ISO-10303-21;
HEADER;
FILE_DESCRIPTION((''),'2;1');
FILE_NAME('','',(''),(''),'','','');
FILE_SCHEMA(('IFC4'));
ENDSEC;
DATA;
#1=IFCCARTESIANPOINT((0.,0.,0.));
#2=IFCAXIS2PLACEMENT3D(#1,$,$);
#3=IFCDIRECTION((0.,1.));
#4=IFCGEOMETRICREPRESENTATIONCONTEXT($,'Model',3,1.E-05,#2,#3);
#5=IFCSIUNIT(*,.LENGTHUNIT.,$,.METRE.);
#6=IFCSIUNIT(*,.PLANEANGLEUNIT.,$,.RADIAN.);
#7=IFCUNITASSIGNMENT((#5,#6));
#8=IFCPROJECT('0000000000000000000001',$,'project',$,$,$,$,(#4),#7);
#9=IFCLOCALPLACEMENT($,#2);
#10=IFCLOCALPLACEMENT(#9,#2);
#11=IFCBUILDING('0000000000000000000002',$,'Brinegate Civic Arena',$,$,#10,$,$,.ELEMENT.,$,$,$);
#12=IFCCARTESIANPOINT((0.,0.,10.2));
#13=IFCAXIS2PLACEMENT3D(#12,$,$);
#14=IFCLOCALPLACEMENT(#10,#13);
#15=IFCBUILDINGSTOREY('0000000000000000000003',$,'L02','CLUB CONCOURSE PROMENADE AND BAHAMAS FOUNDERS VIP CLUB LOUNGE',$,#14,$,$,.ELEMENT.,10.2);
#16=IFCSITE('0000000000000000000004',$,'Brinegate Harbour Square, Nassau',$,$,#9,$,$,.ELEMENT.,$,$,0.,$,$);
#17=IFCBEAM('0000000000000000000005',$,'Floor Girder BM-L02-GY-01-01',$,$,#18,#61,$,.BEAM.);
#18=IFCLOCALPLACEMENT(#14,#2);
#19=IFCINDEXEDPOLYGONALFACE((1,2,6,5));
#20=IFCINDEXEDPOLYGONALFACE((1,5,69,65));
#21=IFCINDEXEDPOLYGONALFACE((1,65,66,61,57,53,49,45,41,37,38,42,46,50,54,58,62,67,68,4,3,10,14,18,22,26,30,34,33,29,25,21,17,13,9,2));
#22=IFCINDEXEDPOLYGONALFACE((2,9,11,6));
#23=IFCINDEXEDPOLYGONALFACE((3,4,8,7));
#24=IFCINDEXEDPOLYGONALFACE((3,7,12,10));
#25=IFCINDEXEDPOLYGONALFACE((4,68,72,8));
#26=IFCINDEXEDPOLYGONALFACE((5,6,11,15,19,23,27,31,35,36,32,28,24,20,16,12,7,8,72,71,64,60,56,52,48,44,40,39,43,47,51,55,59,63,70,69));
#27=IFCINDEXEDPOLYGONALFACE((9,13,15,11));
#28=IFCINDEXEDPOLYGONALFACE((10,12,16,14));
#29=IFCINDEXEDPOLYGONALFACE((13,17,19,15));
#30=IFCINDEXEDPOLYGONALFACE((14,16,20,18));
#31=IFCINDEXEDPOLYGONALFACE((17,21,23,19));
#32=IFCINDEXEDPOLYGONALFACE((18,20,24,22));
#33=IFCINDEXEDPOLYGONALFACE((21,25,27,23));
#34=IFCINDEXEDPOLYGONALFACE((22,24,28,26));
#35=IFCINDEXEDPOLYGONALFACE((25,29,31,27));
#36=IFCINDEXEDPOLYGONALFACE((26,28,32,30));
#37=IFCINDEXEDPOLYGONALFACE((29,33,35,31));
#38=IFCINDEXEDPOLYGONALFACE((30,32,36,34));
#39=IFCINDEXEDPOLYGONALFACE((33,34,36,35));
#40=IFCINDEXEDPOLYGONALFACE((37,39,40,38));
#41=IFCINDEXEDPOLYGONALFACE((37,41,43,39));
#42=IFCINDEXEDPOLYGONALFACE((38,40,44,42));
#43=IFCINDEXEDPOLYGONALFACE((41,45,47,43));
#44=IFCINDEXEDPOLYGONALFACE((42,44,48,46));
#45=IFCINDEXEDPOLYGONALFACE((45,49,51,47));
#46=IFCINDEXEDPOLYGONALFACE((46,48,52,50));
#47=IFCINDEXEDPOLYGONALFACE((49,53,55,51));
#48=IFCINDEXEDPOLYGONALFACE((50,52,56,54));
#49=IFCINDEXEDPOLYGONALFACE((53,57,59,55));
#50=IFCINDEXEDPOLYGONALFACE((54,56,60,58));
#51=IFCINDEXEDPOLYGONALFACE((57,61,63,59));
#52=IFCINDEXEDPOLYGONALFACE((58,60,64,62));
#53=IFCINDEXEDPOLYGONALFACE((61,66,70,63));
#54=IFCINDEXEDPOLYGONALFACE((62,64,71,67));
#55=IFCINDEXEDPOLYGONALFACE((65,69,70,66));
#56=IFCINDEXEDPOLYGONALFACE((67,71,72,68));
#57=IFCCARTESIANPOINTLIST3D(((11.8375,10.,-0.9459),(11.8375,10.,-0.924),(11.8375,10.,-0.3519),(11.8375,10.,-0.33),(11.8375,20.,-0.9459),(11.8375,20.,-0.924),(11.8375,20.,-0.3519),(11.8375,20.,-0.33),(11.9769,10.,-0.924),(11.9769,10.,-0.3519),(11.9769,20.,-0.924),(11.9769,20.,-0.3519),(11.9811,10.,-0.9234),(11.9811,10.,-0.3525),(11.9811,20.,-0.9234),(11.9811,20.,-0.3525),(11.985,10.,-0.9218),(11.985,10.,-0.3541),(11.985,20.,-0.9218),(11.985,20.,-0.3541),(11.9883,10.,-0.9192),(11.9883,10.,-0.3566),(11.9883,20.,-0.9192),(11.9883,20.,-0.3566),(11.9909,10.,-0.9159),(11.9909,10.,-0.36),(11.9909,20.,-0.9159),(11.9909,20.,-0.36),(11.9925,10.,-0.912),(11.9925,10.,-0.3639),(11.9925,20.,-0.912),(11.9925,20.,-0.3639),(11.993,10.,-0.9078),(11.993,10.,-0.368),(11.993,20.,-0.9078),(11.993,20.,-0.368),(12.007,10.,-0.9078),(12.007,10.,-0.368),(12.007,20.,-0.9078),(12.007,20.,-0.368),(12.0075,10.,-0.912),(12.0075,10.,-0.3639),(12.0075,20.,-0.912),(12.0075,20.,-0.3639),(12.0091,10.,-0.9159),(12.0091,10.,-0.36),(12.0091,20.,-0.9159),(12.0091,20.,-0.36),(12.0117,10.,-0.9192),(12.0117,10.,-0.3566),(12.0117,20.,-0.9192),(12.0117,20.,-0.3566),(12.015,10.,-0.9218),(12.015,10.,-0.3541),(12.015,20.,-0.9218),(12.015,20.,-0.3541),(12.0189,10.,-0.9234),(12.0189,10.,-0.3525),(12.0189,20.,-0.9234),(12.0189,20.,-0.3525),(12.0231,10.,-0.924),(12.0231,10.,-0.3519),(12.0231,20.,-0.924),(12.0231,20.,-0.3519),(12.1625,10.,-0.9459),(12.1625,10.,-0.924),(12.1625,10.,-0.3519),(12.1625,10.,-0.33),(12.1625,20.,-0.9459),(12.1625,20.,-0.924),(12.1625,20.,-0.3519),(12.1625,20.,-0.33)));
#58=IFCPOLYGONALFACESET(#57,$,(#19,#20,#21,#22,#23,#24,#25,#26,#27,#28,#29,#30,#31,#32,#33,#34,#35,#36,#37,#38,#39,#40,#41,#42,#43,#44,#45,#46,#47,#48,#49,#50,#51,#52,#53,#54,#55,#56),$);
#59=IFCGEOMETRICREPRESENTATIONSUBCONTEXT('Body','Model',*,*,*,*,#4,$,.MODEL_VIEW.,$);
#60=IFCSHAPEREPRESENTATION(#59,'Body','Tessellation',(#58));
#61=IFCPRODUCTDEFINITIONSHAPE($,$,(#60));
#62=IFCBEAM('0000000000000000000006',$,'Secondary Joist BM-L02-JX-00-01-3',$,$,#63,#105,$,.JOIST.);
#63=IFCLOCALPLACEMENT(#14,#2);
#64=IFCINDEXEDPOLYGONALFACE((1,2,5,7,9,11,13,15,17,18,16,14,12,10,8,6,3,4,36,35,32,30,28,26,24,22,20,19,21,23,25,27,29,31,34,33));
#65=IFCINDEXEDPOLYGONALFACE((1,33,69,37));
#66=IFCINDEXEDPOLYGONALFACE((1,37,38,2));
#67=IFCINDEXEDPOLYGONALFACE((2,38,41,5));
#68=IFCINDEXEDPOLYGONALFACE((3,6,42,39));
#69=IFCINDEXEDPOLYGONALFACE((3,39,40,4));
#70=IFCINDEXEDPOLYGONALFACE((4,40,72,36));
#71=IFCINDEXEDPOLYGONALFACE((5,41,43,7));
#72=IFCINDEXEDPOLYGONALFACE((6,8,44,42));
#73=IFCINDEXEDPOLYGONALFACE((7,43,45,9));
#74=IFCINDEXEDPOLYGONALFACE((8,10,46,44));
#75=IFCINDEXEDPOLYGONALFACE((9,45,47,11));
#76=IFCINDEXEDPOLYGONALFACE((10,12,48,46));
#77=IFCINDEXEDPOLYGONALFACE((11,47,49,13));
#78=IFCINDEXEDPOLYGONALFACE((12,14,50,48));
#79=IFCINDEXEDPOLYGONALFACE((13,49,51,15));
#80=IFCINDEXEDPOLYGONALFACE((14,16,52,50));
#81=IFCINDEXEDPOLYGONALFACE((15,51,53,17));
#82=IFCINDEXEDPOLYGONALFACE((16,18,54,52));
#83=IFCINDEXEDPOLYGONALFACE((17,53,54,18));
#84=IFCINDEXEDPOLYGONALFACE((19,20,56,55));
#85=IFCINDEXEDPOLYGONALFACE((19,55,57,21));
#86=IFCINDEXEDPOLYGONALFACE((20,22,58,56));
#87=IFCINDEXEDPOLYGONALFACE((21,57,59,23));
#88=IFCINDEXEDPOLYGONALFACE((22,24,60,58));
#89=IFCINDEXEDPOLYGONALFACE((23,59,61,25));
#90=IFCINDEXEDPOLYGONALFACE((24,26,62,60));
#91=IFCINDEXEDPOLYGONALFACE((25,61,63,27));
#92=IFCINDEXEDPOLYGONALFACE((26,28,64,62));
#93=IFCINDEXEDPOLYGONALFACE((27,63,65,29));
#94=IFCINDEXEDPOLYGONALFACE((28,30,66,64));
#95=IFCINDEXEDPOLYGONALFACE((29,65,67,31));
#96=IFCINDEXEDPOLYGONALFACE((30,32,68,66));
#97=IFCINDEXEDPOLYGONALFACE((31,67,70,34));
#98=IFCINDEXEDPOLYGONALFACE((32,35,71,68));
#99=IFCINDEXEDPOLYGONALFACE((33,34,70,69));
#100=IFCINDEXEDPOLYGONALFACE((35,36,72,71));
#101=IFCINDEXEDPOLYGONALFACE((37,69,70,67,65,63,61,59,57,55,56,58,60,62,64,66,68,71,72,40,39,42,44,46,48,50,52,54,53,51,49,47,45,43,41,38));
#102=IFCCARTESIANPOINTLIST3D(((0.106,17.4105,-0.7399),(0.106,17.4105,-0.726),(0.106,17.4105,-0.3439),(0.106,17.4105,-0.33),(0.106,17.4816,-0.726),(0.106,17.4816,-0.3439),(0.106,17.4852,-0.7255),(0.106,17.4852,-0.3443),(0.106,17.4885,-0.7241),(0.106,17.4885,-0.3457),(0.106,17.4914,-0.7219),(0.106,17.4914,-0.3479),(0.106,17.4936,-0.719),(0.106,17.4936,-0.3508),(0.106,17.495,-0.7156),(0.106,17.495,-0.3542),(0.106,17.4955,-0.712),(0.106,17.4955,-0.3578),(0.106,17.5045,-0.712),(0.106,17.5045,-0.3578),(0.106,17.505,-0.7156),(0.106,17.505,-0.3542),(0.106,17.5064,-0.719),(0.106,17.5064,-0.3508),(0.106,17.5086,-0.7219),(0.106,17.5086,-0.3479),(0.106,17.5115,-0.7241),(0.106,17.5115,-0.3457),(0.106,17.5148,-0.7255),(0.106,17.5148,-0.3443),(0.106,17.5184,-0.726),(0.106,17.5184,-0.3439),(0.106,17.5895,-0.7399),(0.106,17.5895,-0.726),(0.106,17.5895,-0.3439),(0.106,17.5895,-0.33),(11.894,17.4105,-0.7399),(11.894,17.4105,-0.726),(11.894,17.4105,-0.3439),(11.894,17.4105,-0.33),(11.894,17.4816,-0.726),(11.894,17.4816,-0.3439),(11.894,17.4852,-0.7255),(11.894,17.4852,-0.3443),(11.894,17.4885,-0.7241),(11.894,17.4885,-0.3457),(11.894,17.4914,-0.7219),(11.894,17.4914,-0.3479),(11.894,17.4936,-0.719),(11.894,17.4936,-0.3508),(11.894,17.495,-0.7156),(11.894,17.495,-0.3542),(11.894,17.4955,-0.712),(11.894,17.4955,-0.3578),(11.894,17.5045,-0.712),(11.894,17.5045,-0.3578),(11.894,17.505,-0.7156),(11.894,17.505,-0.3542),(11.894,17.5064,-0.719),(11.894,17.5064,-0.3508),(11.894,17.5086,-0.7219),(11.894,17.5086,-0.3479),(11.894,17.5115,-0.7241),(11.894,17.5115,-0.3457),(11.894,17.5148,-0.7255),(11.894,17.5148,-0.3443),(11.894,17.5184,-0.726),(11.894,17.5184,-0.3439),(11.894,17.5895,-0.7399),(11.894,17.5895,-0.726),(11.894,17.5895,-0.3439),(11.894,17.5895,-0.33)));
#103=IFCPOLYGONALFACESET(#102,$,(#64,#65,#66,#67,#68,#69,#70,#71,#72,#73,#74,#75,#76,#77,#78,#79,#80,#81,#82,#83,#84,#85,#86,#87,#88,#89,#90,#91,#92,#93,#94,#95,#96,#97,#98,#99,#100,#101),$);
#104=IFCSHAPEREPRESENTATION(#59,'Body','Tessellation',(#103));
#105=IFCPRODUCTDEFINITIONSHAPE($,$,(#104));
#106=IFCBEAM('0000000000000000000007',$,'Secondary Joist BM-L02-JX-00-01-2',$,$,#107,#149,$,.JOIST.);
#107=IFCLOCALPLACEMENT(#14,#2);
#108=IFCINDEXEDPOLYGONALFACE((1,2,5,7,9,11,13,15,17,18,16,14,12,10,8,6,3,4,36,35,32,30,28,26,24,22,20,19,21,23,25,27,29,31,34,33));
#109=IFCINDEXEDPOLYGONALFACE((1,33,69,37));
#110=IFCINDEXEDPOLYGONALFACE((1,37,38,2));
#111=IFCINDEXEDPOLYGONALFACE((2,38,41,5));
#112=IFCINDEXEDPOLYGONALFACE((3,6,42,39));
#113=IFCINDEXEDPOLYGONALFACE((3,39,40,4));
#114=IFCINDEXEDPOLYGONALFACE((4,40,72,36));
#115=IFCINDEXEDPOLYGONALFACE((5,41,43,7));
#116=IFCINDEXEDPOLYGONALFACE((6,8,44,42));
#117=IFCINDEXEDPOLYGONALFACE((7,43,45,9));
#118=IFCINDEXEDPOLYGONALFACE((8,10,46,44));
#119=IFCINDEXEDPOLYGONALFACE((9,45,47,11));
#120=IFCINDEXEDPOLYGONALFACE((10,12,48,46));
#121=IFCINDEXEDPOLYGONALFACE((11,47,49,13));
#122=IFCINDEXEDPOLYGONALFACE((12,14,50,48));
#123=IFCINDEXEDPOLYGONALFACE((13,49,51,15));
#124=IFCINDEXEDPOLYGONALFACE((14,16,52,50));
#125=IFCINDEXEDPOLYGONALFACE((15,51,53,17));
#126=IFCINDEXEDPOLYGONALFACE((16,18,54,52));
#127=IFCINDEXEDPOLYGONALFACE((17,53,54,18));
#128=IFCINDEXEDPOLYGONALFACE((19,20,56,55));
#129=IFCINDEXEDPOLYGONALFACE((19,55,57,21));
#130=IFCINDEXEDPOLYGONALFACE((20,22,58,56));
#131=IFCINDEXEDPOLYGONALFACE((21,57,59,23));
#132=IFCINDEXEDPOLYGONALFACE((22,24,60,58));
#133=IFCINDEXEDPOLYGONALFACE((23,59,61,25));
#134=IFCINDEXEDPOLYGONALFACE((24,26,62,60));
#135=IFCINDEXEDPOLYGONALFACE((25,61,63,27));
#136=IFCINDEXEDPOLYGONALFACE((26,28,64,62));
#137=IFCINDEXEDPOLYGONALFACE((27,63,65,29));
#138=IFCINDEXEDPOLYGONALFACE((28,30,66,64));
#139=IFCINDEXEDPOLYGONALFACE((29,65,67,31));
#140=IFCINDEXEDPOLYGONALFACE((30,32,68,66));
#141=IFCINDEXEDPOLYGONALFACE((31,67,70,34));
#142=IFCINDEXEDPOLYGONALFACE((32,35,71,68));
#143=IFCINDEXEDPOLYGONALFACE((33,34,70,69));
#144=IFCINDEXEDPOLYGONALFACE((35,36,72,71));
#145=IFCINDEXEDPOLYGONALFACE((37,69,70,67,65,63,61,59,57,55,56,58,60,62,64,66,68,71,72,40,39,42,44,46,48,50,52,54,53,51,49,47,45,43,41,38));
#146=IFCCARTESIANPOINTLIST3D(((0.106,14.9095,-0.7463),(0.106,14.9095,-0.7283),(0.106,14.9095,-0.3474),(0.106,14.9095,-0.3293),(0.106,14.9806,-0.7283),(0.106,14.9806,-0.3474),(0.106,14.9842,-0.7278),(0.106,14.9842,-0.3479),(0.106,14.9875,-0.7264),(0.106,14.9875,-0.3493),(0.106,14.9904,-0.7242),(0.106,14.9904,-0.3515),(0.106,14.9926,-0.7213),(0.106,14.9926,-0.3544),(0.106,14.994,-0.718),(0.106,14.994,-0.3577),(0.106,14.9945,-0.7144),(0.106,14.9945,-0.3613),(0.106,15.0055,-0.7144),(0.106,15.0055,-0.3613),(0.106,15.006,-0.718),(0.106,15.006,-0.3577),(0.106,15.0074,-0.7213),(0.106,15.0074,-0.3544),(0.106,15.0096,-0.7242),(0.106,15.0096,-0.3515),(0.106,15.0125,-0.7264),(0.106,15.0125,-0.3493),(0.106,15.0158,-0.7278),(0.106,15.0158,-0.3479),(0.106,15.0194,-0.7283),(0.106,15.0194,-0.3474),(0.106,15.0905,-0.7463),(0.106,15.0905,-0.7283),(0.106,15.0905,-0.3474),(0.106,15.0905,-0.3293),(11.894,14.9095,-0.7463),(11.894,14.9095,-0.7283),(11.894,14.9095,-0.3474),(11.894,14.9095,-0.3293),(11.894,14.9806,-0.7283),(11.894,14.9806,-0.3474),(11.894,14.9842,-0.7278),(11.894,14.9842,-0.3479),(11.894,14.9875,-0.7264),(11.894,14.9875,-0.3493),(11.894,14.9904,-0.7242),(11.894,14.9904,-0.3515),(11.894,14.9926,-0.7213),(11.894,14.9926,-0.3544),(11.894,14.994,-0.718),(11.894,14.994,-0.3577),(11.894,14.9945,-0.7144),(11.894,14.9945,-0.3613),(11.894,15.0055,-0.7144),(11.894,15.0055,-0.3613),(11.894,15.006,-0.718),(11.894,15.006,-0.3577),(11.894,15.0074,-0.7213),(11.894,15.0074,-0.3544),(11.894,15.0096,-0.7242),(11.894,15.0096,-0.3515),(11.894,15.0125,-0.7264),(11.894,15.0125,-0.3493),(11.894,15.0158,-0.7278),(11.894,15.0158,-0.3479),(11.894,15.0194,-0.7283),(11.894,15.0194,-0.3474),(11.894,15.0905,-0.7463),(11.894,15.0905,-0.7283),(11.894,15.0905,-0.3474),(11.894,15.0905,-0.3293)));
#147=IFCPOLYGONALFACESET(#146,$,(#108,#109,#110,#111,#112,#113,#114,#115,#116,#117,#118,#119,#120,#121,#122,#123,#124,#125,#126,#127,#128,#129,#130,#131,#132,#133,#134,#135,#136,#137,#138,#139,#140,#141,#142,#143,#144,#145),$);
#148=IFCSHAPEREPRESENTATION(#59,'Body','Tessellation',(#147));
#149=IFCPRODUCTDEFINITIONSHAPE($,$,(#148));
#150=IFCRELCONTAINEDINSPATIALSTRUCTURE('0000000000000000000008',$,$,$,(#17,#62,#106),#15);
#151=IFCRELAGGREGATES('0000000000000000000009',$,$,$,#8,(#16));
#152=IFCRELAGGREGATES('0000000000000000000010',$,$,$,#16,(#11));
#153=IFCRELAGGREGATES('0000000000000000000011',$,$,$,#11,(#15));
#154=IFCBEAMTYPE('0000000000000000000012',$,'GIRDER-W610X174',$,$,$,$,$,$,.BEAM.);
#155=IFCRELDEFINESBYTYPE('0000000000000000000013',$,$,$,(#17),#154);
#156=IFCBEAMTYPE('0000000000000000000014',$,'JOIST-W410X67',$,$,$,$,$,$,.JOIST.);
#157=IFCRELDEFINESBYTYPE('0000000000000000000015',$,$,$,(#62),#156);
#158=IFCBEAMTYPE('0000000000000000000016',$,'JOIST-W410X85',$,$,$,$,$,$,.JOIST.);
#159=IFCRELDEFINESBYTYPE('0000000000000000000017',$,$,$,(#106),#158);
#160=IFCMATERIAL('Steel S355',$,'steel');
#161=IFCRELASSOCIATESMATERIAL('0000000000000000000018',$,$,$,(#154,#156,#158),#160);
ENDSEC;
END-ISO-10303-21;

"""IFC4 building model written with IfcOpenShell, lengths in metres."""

from ifc_helpers import new_model, si_unit, direction, frame, origin, origin_2d, place, context, subcontext, project, spatial, i_section, extrude, material, material_profile, profile_set, type_object, element, save


model = new_model("IFC4")

# Units and contexts
model_context = context("Model", 3, precision=1e-05, world=origin(), true_north=direction((0.0, 1.0)))
body_context = subcontext(model_context, "Body", "Model", "MODEL_VIEW")
ifc_project = project(units=[si_unit("LENGTHUNIT", "METRE"), si_unit("PLANEANGLEUNIT", "RADIAN")], contexts=[model_context])

# Site, building, storey
site_placement = place(None, origin())
site = spatial("IfcSite", under=ifc_project, at=site_placement, Name="Brinegate Harbour Square, Nassau", CompositionType="ELEMENT", RefElevation=0.0)
building_placement = place(site_placement, origin())
building = spatial("IfcBuilding", under=site, at=building_placement, Name="Brinegate Civic Arena", CompositionType="ELEMENT")
storey_placement = place(building_placement, frame((0.0, 0.0, 10.2)))
storey = spatial("IfcBuildingStorey", under=building, at=storey_placement, Name="L02", Description="CLUB CONCOURSE PROMENADE AND BAHAMAS FOUNDERS VIP CLUB LOUNGE", CompositionType="ELEMENT", Elevation=10.2)

# Beams
ifc_material_1 = material(Name="Steel S355", Category="steel")
ifc_material_profile_1 = material_profile(ifc_material_1, i_section(OverallWidth=0.325, OverallDepth=0.616, WebThickness=0.0139, FlangeThickness=0.022, FilletRadius=0.0161, at=origin_2d()), Name="W610X174")
ifc_profile_set_1 = profile_set([ifc_material_profile_1], Name="Steel S355")
beam_type_1 = type_object("IfcBeamType", Name="GIRDER-W610X174", PredefinedType="BEAM", material=ifc_profile_set_1)
beam_1_placement = place(storey_placement, frame((12.0, 10.0, -0.6379), z_axis=(0.0, 1.0, 0.0), x_axis=(-1.0, 0.0, 0.0)))
element("IfcBeam", 1, at=beam_1_placement, inside=storey, type_object=beam_type_1, Name="Floor Girder BM-L02-GY-01-01", PredefinedType="BEAM", context=body_context, shape_type="SweptSolid", body=[
    extrude(i_section(OverallWidth=0.325, OverallDepth=0.616, WebThickness=0.0139, FlangeThickness=0.022, FilletRadius=0.0161, at=origin_2d()), origin(), (0.0, 0.0, 1.0), 10.0),
])
ifc_material_profile_2 = material_profile(ifc_material_1, i_section(OverallWidth=0.179, OverallDepth=0.4099, WebThickness=0.009, FlangeThickness=0.0139, FilletRadius=0.0139, at=origin_2d()), Name="W410X67")
ifc_profile_set_2 = profile_set([ifc_material_profile_2], Name="Steel S355")
beam_type_2 = type_object("IfcBeamType", Name="JOIST-W410X67", PredefinedType="JOIST", material=ifc_profile_set_2)
beam_2_placement = place(storey_placement, frame((0.106, 17.5, -0.5349), z_axis=(1.0, 0.0, 0.0), x_axis=(0.0, 1.0, 0.0)))
element("IfcBeam", 2, at=beam_2_placement, inside=storey, type_object=beam_type_2, Name="Secondary Joist BM-L02-JX-00-01-3", PredefinedType="JOIST", context=body_context, shape_type="SweptSolid", body=[
    extrude(i_section(OverallWidth=0.179, OverallDepth=0.4099, WebThickness=0.009, FlangeThickness=0.0139, FilletRadius=0.0139, at=origin_2d()), origin(), (0.0, 0.0, 1.0), 11.7881),
])
ifc_material_profile_3 = material_profile(ifc_material_1, i_section(OverallWidth=0.1809, OverallDepth=0.417, WebThickness=0.011, FlangeThickness=0.0181, FilletRadius=0.0139, at=origin_2d()), Name="W410X85")
ifc_profile_set_3 = profile_set([ifc_material_profile_3], Name="Steel S355")
beam_type_3 = type_object("IfcBeamType", Name="JOIST-W410X85", PredefinedType="JOIST", material=ifc_profile_set_3)
beam_3_placement = place(storey_placement, frame((0.106, 15.0, -0.5378), z_axis=(1.0, 0.0, 0.0), x_axis=(0.0, 1.0, 0.0)))
element("IfcBeam", 3, at=beam_3_placement, inside=storey, type_object=beam_type_3, Name="Secondary Joist BM-L02-JX-00-01-2", PredefinedType="JOIST", context=body_context, shape_type="SweptSolid", body=[
    extrude(i_section(OverallWidth=0.1809, OverallDepth=0.417, WebThickness=0.011, FlangeThickness=0.0181, FilletRadius=0.0139, at=origin_2d()), origin(), (0.0, 0.0, 1.0), 11.7881),
])

save(model, "model.ifc")
